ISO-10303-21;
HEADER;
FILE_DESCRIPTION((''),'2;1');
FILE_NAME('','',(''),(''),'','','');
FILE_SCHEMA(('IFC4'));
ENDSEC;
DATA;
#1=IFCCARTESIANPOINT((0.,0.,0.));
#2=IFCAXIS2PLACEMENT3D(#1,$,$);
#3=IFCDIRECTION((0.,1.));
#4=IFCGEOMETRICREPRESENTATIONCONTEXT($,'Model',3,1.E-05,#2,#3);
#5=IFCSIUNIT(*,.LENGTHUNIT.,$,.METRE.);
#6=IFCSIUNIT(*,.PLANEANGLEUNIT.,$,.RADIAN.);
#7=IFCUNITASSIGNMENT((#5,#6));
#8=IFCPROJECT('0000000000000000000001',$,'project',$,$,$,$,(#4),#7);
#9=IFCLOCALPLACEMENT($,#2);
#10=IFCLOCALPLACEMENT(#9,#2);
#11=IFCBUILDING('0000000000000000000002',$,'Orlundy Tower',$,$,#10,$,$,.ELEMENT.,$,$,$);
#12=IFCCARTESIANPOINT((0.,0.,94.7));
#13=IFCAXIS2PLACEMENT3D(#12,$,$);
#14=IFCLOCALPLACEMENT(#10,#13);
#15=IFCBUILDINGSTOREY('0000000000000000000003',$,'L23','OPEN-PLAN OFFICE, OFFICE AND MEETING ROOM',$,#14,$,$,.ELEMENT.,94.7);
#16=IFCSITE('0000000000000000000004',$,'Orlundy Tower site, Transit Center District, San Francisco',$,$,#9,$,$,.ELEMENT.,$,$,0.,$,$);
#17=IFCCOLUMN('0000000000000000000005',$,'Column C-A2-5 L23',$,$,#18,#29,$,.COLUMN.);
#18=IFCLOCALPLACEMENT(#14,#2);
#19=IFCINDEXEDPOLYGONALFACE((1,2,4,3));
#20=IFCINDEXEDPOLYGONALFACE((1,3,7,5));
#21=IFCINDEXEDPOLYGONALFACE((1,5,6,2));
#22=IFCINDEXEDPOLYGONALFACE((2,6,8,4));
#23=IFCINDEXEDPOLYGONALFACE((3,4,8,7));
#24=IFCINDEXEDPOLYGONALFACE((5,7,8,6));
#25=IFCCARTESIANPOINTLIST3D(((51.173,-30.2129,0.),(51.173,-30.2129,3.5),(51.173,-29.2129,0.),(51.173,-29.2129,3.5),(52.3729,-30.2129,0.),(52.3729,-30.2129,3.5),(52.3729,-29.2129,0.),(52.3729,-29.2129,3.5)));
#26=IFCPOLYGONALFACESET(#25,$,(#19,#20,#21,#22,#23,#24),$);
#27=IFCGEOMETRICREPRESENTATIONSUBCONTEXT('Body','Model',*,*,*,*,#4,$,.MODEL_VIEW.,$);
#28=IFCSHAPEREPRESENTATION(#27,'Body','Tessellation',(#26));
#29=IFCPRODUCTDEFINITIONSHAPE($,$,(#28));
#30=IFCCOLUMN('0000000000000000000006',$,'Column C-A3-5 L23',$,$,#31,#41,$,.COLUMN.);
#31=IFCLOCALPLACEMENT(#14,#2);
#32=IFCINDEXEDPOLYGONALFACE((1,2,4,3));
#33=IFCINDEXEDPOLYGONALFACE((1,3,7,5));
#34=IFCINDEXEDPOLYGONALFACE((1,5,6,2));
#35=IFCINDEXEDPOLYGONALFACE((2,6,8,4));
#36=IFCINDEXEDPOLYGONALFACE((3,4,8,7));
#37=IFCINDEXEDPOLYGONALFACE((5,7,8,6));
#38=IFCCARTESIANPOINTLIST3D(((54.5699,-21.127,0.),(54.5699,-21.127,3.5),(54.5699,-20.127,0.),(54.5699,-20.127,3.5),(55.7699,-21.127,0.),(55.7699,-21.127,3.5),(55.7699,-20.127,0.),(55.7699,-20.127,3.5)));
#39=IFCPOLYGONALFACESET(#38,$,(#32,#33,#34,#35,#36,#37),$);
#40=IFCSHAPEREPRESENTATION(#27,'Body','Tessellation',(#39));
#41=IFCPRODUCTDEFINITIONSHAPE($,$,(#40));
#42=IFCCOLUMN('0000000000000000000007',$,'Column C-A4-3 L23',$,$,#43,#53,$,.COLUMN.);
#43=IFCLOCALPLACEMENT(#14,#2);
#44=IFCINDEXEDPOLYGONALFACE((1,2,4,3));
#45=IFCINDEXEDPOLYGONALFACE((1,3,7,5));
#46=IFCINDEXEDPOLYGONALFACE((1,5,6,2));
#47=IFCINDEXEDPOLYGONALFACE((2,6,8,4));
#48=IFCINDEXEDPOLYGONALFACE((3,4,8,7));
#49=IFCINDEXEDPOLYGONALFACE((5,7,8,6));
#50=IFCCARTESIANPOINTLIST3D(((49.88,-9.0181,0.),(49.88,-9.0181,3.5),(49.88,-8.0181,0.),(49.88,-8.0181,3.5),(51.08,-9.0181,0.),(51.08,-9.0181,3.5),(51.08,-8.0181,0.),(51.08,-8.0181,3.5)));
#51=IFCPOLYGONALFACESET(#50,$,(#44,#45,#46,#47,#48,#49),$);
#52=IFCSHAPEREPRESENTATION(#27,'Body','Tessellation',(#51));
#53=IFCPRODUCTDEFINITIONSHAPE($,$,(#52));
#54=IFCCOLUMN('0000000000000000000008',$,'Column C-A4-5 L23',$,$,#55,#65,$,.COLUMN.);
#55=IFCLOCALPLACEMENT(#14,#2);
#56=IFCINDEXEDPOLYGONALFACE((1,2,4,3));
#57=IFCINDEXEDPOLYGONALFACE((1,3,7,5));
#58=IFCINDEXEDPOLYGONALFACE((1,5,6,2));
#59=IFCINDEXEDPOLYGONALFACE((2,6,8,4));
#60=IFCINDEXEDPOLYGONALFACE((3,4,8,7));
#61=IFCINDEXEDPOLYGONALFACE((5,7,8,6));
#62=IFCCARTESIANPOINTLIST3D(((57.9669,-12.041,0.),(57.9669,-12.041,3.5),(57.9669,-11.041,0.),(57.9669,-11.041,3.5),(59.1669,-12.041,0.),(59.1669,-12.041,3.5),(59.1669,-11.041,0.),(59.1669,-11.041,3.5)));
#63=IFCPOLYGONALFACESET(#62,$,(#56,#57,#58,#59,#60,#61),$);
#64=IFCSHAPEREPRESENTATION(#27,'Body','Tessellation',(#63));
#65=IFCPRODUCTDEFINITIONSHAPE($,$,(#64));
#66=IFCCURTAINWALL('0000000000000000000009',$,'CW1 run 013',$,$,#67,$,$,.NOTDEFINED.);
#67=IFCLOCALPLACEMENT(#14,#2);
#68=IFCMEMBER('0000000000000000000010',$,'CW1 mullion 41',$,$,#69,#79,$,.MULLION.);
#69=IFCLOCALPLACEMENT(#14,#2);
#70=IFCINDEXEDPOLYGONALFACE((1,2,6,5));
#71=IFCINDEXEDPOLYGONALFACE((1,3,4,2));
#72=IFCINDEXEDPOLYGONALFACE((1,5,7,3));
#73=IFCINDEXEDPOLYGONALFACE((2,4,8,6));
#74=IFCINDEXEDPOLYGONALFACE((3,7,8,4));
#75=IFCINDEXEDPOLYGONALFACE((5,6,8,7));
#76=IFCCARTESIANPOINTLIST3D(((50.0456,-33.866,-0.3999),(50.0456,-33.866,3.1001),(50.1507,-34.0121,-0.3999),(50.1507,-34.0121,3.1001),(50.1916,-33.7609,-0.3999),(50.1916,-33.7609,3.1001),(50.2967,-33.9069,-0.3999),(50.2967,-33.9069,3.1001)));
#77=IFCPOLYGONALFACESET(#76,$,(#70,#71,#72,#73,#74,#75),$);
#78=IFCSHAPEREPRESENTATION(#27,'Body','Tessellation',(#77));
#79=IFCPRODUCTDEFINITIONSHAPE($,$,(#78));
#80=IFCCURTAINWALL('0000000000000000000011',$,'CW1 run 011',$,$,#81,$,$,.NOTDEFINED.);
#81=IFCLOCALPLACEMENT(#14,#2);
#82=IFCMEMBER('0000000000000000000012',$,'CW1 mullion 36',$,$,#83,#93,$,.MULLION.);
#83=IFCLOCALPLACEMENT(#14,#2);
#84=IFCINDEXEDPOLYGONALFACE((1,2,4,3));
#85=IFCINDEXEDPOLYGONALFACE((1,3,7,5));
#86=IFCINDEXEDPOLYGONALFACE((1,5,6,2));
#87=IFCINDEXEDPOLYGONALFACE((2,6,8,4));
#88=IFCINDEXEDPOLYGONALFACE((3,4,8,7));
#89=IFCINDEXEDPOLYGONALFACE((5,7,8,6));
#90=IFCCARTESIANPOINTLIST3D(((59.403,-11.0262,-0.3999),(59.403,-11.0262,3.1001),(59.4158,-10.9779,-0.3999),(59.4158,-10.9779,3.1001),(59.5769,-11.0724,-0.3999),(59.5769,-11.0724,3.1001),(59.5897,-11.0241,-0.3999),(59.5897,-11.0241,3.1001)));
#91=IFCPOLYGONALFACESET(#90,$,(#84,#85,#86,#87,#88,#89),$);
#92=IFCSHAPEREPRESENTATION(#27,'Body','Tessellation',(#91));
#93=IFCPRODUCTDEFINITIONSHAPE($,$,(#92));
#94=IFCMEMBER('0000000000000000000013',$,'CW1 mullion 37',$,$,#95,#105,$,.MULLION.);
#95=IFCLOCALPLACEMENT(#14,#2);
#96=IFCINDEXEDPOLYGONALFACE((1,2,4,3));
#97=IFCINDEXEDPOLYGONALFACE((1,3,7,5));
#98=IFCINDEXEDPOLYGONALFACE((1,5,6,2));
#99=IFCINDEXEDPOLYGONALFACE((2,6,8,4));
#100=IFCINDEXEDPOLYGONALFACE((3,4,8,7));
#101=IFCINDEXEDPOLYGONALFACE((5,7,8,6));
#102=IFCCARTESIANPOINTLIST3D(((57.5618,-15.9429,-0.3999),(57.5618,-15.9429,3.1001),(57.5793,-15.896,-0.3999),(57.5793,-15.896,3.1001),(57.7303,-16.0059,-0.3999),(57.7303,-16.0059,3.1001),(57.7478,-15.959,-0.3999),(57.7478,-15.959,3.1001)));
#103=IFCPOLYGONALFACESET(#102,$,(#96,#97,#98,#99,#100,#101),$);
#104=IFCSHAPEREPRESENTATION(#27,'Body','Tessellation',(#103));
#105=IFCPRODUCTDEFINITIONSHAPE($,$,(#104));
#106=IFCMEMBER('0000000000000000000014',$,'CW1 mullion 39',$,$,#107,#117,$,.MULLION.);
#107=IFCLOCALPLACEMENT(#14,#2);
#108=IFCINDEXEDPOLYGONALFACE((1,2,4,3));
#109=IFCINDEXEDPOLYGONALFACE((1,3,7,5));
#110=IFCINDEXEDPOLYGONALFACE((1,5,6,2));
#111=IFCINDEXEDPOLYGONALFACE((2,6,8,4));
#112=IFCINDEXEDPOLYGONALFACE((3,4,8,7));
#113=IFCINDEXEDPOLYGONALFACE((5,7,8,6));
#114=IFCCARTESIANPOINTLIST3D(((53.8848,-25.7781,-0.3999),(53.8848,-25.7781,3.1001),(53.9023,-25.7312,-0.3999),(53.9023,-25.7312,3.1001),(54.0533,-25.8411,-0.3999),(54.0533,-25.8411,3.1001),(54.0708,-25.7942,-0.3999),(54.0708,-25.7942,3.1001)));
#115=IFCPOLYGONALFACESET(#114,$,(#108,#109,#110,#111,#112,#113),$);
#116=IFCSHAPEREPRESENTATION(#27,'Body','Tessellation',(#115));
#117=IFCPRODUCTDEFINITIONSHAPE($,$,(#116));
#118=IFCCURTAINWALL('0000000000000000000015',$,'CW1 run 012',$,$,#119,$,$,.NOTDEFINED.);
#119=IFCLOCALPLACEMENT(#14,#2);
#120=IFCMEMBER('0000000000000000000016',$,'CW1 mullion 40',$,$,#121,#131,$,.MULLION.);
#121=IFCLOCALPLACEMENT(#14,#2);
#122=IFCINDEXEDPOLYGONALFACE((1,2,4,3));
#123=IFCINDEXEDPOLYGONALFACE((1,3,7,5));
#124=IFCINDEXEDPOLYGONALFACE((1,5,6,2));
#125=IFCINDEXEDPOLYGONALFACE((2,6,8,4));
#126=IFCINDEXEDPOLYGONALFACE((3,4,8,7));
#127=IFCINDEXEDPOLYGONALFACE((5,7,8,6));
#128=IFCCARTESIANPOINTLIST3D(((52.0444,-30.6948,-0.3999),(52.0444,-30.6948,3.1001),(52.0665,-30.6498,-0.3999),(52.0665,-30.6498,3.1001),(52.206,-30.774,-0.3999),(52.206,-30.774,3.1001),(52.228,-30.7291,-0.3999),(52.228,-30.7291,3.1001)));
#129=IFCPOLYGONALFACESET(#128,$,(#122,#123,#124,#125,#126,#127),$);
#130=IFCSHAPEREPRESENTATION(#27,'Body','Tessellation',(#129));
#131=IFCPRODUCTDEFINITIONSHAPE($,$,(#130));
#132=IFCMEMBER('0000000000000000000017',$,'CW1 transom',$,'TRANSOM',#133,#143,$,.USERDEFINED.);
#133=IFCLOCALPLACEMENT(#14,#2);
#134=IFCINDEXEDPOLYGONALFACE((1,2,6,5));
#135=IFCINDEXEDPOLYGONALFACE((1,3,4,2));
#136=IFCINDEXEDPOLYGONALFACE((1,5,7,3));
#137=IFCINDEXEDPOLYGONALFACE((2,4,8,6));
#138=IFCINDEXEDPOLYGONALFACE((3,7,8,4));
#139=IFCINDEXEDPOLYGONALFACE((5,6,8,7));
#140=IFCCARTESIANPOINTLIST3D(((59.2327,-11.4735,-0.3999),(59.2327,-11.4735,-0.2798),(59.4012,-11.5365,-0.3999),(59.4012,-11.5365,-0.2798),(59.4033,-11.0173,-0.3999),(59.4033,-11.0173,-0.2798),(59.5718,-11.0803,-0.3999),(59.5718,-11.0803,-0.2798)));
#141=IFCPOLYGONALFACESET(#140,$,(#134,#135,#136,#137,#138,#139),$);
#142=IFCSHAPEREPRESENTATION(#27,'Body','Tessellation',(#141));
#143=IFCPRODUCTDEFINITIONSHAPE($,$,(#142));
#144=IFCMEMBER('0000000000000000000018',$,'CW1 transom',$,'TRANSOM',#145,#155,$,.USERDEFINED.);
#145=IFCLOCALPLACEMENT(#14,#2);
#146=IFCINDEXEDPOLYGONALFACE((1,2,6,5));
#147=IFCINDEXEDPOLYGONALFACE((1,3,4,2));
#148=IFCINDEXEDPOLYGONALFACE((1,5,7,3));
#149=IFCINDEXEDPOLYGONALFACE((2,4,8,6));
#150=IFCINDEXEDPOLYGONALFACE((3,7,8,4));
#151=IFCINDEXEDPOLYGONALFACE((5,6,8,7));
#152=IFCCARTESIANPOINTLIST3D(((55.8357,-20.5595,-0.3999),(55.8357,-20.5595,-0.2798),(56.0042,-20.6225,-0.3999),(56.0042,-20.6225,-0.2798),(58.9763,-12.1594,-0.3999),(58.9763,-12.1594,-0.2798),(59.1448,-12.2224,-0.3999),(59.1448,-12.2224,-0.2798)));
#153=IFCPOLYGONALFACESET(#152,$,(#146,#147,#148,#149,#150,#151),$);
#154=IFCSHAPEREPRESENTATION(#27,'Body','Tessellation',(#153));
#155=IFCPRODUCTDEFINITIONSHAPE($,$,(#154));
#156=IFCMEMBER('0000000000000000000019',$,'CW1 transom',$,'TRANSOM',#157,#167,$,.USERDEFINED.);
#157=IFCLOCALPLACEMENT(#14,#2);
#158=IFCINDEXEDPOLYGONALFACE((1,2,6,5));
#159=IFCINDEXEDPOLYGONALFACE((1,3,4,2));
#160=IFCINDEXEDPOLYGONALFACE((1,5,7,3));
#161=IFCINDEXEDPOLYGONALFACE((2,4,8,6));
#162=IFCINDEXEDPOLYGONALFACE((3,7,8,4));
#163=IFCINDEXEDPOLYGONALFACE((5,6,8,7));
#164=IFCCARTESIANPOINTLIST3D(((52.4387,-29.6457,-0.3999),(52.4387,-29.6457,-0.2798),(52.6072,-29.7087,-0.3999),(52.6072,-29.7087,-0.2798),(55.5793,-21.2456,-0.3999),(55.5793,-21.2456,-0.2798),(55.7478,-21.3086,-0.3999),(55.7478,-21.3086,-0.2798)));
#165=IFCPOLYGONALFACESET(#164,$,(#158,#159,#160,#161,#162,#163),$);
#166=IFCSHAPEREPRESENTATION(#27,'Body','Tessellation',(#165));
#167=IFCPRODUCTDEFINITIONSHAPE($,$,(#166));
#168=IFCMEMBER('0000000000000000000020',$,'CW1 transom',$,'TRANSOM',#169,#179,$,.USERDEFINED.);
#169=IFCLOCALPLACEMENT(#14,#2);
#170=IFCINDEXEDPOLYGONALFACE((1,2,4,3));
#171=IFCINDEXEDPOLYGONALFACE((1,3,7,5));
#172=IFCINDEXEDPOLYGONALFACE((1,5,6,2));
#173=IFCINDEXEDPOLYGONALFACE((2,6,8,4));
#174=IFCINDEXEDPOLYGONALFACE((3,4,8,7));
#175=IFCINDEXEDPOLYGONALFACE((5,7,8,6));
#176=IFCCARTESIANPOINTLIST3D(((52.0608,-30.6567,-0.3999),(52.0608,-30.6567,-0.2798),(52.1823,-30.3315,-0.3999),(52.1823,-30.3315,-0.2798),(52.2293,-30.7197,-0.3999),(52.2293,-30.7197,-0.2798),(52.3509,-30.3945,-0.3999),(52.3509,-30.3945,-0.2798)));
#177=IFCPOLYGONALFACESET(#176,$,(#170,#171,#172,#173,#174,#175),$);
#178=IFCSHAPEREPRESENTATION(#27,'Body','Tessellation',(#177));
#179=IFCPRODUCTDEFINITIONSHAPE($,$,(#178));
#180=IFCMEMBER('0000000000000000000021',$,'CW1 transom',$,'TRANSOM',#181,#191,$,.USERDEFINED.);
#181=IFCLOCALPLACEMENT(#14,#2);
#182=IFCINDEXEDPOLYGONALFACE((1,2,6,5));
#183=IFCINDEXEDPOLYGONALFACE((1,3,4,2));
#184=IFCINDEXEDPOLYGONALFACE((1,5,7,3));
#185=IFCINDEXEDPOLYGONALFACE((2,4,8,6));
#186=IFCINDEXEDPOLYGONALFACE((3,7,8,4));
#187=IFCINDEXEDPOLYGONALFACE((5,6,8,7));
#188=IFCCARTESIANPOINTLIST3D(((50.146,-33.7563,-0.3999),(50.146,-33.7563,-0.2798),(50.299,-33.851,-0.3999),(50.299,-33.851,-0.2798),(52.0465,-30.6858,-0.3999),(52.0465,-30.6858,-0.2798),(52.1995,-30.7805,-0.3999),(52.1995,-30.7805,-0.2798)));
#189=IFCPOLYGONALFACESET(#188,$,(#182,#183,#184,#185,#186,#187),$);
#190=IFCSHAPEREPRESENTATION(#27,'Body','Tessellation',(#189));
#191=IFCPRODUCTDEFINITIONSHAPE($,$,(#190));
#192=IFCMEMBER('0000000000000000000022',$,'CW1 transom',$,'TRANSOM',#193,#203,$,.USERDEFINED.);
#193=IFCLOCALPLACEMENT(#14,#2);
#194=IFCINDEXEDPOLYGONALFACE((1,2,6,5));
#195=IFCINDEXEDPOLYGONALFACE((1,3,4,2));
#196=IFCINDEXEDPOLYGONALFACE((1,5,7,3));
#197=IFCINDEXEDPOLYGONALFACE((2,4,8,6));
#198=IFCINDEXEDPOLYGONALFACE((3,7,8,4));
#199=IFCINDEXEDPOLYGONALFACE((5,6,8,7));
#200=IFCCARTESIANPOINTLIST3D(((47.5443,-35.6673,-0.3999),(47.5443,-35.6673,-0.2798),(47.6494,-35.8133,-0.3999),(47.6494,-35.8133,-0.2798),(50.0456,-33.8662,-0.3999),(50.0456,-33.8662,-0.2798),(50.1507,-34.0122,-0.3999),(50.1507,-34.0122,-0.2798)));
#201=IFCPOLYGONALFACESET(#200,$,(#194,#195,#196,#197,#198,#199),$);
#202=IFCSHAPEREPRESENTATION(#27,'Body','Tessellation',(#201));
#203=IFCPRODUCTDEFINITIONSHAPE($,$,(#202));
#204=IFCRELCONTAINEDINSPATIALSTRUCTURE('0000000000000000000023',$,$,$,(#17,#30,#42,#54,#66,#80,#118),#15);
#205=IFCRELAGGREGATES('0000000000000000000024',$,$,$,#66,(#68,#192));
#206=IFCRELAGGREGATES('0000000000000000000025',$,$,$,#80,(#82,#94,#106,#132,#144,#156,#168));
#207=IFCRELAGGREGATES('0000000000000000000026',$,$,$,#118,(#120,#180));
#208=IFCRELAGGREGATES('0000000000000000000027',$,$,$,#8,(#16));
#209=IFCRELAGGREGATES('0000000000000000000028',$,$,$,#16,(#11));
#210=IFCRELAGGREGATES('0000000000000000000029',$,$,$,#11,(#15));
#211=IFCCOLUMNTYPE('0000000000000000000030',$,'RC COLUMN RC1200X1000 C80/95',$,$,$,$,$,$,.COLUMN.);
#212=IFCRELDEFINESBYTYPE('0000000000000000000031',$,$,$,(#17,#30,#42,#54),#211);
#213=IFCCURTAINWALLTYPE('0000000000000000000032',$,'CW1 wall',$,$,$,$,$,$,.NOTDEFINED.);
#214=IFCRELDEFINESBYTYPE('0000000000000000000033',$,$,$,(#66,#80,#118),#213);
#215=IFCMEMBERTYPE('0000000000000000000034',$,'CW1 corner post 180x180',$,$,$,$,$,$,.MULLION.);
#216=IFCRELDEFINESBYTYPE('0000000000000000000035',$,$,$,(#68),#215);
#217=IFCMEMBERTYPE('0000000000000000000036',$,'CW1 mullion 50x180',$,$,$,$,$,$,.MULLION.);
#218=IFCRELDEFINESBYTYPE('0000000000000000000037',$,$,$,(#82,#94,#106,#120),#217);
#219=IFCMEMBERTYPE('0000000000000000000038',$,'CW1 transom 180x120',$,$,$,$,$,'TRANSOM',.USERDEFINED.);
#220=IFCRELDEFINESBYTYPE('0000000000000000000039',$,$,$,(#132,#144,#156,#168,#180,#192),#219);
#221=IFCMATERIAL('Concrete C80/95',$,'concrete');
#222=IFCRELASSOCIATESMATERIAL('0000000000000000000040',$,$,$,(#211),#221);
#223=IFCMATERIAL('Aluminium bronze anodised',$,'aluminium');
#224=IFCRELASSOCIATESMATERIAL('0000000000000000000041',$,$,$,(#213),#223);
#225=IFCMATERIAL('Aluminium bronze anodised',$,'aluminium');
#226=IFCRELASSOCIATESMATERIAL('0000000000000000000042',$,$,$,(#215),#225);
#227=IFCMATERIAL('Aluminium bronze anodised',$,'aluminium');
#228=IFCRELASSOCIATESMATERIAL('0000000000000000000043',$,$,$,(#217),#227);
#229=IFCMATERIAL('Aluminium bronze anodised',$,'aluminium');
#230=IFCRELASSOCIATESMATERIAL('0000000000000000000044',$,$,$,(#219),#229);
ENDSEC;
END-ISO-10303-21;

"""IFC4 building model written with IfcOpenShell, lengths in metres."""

from ifc_helpers import new_model, si_unit, direction, frame, origin, origin_2d, place, context, subcontext, project, spatial, rectangle, extrude, material, material_profile, profile_set, type_object, element, aggregate, save


model = new_model("IFC4")

# Units and contexts
model_context = context("Model", 3, precision=1e-05, world=origin(), true_north=direction((0.0, 1.0)))
body_context = subcontext(model_context, "Body", "Model", "MODEL_VIEW")
ifc_project = project(units=[si_unit("LENGTHUNIT", "METRE"), si_unit("PLANEANGLEUNIT", "RADIAN")], contexts=[model_context])

# Site, building, storey
site_placement = place(None, origin())
site = spatial("IfcSite", under=ifc_project, at=site_placement, Name="Orlundy Tower site, Transit Center District, San Francisco", CompositionType="ELEMENT", RefElevation=0.0)
building_placement = place(site_placement, origin())
building = spatial("IfcBuilding", under=site, at=building_placement, Name="Orlundy Tower", CompositionType="ELEMENT")
storey_placement = place(building_placement, frame((0.0, 0.0, 94.7)))
storey = spatial("IfcBuildingStorey", under=building, at=storey_placement, Name="L23", Description="OPEN-PLAN OFFICE, OFFICE AND MEETING ROOM", CompositionType="ELEMENT", Elevation=94.7)

# Columns
ifc_material_1 = material(Name="Concrete C80/95", Category="concrete")
ifc_material_profile_1 = material_profile(ifc_material_1, rectangle(XDim=1.2, YDim=1.0, at=origin_2d()), Name="RC1200X1000")
ifc_profile_set_1 = profile_set([ifc_material_profile_1], Name="Concrete C80/95")
column_type = type_object("IfcColumnType", Name="RC COLUMN RC1200X1000 C80/95", PredefinedType="COLUMN", material=ifc_profile_set_1)
for number, where, z_axis, x_axis, name in (
    (1, (51.7729, -29.7129, 0.0), (0.0, 0.0, 1.0), (1.0, 0.0, 0.0), "Column C-A2-5 L23"),
    (2, (55.1699, -20.627, 0.0), (0.0, 0.0, 1.0), (1.0, 0.0, 0.0), "Column C-A3-5 L23"),
    (3, (50.48, -8.5181, 0.0), (0.0, 0.0, 1.0), (1.0, 0.0, 0.0), "Column C-A4-3 L23"),
    (4, (58.5669, -11.541, 0.0), (0.0, 0.0, 1.0), (1.0, 0.0, 0.0), "Column C-A4-5 L23"),
):
    element("IfcColumn", number, at=place(storey_placement, frame(where, z_axis=z_axis, x_axis=x_axis)), inside=storey, type_object=column_type, Name=name, PredefinedType="COLUMN", context=body_context, shape_type="SweptSolid", body=[
        extrude(rectangle(XDim=1.2, YDim=1.0, at=origin_2d()), origin(), (0.0, 0.0, 1.0), 3.5),
    ])

# Curtain wall, member
ifc_material_2 = material(Name="Aluminium bronze anodised", Category="aluminium")
curtain_wall_type = type_object("IfcCurtainWallType", Name="CW1 wall", PredefinedType="NOTDEFINED", material=ifc_material_2)
curtain_wall_1_placement = place(storey_placement, origin())
curtain_wall_1 = element("IfcCurtainWall", 5, at=curtain_wall_1_placement, inside=storey, type_object=curtain_wall_type, Name="CW1 run 013", PredefinedType="NOTDEFINED")
ifc_material_3 = material(Name="Aluminium bronze anodised", Category="aluminium")
ifc_material_profile_2 = material_profile(ifc_material_3, rectangle(XDim=0.1799, YDim=0.1799, at=origin_2d()), Name="CW1 corner post 180x180")
ifc_profile_set_2 = profile_set([ifc_material_profile_2], Name="Aluminium bronze anodised")
member_type_1 = type_object("IfcMemberType", Name="CW1 corner post 180x180", PredefinedType="MULLION", material=ifc_profile_set_2)
member_1_placement = place(storey_placement, frame((50.1711, -33.8865, -0.3999), z_axis=(0.0, 0.0, 1.0), x_axis=(0.584347, -0.811504, 0.0)))
member_1 = element("IfcMember", 6, at=member_1_placement, type_object=member_type_1, Name="CW1 mullion 41", PredefinedType="MULLION", context=body_context, shape_type="SweptSolid", body=[
    extrude(rectangle(XDim=0.1799, YDim=0.1799, at=origin_2d()), origin(), (0.0, 0.0, 1.0), 3.5),
])

# Curtain wall, members
curtain_wall_2_placement = place(storey_placement, origin())
curtain_wall_2 = element("IfcCurtainWall", 7, at=curtain_wall_2_placement, inside=storey, type_object=curtain_wall_type, Name="CW1 run 011", PredefinedType="NOTDEFINED")
ifc_material_4 = material(Name="Aluminium bronze anodised", Category="aluminium")
ifc_material_profile_3 = material_profile(ifc_material_4, rectangle(XDim=0.1799, YDim=0.05, at=origin_2d()), Name="CW1 mullion 50x180")
ifc_profile_set_3 = profile_set([ifc_material_profile_3], Name="Aluminium bronze anodised")
member_type_2 = type_object("IfcMemberType", Name="CW1 mullion 50x180", PredefinedType="MULLION", material=ifc_profile_set_3)
member_2_placement = place(storey_placement, frame((59.4963, -11.0251, -0.3999), z_axis=(0.0, 0.0, 1.0), x_axis=(0.966481, -0.256737, 0.0)))
member_2 = element("IfcMember", 8, at=member_2_placement, type_object=member_type_2, Name="CW1 mullion 36", PredefinedType="MULLION", context=body_context, shape_type="SweptSolid", body=[
    extrude(rectangle(XDim=0.1799, YDim=0.05, at=origin_2d()), origin(), (0.0, 0.0, 1.0), 3.5),
])
member_3_placement = place(storey_placement, frame((57.6548, -15.9509, -0.3999), z_axis=(0.0, 0.0, 1.0), x_axis=(0.936677, -0.350194, 0.0)))
member_3 = element("IfcMember", 9, at=member_3_placement, type_object=member_type_2, Name="CW1 mullion 37", PredefinedType="MULLION", context=body_context, shape_type="SweptSolid", body=[
    extrude(rectangle(XDim=0.1799, YDim=0.05, at=origin_2d()), origin(), (0.0, 0.0, 1.0), 3.5),
])
member_4_placement = place(storey_placement, frame((53.9778, -25.7861, -0.3999), z_axis=(0.0, 0.0, 1.0), x_axis=(0.936677, -0.350194, 0.0)))
member_4 = element("IfcMember", 10, at=member_4_placement, type_object=member_type_2, Name="CW1 mullion 39", PredefinedType="MULLION", context=body_context, shape_type="SweptSolid", body=[
    extrude(rectangle(XDim=0.1799, YDim=0.05, at=origin_2d()), origin(), (0.0, 0.0, 1.0), 3.5),
])

# Curtain wall, member
curtain_wall_3_placement = place(storey_placement, origin())
curtain_wall_3 = element("IfcCurtainWall", 11, at=curtain_wall_3_placement, inside=storey, type_object=curtain_wall_type, Name="CW1 run 012", PredefinedType="NOTDEFINED")
member_5_placement = place(storey_placement, frame((52.1362, -30.7119, -0.3999), z_axis=(0.0, 0.0, 1.0), x_axis=(0.897814, -0.440374, 0.0)))
member_5 = element("IfcMember", 12, at=member_5_placement, type_object=member_type_2, Name="CW1 mullion 40", PredefinedType="MULLION", context=body_context, shape_type="SweptSolid", body=[
    extrude(rectangle(XDim=0.1799, YDim=0.05, at=origin_2d()), origin(), (0.0, 0.0, 1.0), 3.5),
])

# Members
ifc_material_5 = material(Name="Aluminium bronze anodised", Category="aluminium")
ifc_material_profile_4 = material_profile(ifc_material_5, rectangle(XDim=0.1799, YDim=0.1201, at=origin_2d()), Name="CW1 transom 180x120")
ifc_profile_set_4 = profile_set([ifc_material_profile_4], Name="Aluminium bronze anodised")
member_type_3 = type_object("IfcMemberType", Name="CW1 transom 180x120", ElementType="TRANSOM", PredefinedType="USERDEFINED", material=ifc_profile_set_4)
member_6_placement = place(storey_placement, frame((59.4875, -11.0488, -0.3398), z_axis=(-0.3503, -0.936638, 0.0), x_axis=(0.936638, -0.3503, 0.0)))
member_6 = element("IfcMember", 13, at=member_6_placement, type_object=member_type_3, Name="CW1 transom", ObjectType="TRANSOM", PredefinedType="USERDEFINED", context=body_context, shape_type="SweptSolid", body=[
    extrude(rectangle(XDim=0.1799, YDim=0.1201, at=origin_2d()), origin(), (0.0, 0.0, 1.0), 0.4871),
])
member_7_placement = place(storey_placement, frame((59.0605, -12.1909, -0.3398), z_axis=(-0.350201, -0.936674, 0.0), x_axis=(0.936674, -0.350201, 0.0)))
member_7 = element("IfcMember", 14, at=member_7_placement, type_object=member_type_3, Name="CW1 transom", ObjectType="TRANSOM", PredefinedType="USERDEFINED", context=body_context, shape_type="SweptSolid", body=[
    extrude(rectangle(XDim=0.1799, YDim=0.1201, at=origin_2d()), origin(), (0.0, 0.0, 1.0), 8.968),
])
member_8_placement = place(storey_placement, frame((55.6636, -21.2771, -0.3398), z_axis=(-0.350201, -0.936674, 0.0), x_axis=(0.936674, -0.350201, 0.0)))
member_8 = element("IfcMember", 15, at=member_8_placement, type_object=member_type_3, Name="CW1 transom", ObjectType="TRANSOM", PredefinedType="USERDEFINED", context=body_context, shape_type="SweptSolid", body=[
    extrude(rectangle(XDim=0.1799, YDim=0.1201, at=origin_2d()), origin(), (0.0, 0.0, 1.0), 8.968),
])
member_9_placement = place(storey_placement, frame((52.2666, -30.363, -0.3398), z_axis=(-0.350199, -0.936676, 0.0), x_axis=(0.936676, -0.350199, 0.0)))
member_9 = element("IfcMember", 16, at=member_9_placement, type_object=member_type_3, Name="CW1 transom", ObjectType="TRANSOM", PredefinedType="USERDEFINED", context=body_context, shape_type="SweptSolid", body=[
    extrude(rectangle(XDim=0.1799, YDim=0.1201, at=origin_2d()), origin(), (0.0, 0.0, 1.0), 0.3472),
])
member_10_placement = place(storey_placement, frame((52.123, -30.7332, -0.3398), z_axis=(-0.526317, -0.850288, 0.0), x_axis=(0.850288, -0.526317, 0.0)))
member_10 = element("IfcMember", 17, at=member_10_placement, type_object=member_type_3, Name="CW1 transom", ObjectType="TRANSOM", PredefinedType="USERDEFINED", context=body_context, shape_type="SweptSolid", body=[
    extrude(rectangle(XDim=0.1799, YDim=0.1201, at=origin_2d()), origin(), (0.0, 0.0, 1.0), 3.6111),
])
member_11_placement = place(storey_placement, frame((50.0981, -33.9392, -0.3398), z_axis=(-0.811512, -0.584336, 0.0), x_axis=(0.584336, -0.811512, 0.0)))
member_11 = element("IfcMember", 18, at=member_11_placement, type_object=member_type_3, Name="CW1 transom", ObjectType="TRANSOM", PredefinedType="USERDEFINED", context=body_context, shape_type="SweptSolid", body=[
    extrude(rectangle(XDim=0.1799, YDim=0.1201, at=origin_2d()), origin(), (0.0, 0.0, 1.0), 3.0823),
])
aggregate(curtain_wall_1, [member_1, member_11])

aggregate(curtain_wall_2, [member_2, member_3, member_4, member_6, member_7, member_8, member_9])
aggregate(curtain_wall_3, [member_5, member_10])

save(model, "model.ifc")
